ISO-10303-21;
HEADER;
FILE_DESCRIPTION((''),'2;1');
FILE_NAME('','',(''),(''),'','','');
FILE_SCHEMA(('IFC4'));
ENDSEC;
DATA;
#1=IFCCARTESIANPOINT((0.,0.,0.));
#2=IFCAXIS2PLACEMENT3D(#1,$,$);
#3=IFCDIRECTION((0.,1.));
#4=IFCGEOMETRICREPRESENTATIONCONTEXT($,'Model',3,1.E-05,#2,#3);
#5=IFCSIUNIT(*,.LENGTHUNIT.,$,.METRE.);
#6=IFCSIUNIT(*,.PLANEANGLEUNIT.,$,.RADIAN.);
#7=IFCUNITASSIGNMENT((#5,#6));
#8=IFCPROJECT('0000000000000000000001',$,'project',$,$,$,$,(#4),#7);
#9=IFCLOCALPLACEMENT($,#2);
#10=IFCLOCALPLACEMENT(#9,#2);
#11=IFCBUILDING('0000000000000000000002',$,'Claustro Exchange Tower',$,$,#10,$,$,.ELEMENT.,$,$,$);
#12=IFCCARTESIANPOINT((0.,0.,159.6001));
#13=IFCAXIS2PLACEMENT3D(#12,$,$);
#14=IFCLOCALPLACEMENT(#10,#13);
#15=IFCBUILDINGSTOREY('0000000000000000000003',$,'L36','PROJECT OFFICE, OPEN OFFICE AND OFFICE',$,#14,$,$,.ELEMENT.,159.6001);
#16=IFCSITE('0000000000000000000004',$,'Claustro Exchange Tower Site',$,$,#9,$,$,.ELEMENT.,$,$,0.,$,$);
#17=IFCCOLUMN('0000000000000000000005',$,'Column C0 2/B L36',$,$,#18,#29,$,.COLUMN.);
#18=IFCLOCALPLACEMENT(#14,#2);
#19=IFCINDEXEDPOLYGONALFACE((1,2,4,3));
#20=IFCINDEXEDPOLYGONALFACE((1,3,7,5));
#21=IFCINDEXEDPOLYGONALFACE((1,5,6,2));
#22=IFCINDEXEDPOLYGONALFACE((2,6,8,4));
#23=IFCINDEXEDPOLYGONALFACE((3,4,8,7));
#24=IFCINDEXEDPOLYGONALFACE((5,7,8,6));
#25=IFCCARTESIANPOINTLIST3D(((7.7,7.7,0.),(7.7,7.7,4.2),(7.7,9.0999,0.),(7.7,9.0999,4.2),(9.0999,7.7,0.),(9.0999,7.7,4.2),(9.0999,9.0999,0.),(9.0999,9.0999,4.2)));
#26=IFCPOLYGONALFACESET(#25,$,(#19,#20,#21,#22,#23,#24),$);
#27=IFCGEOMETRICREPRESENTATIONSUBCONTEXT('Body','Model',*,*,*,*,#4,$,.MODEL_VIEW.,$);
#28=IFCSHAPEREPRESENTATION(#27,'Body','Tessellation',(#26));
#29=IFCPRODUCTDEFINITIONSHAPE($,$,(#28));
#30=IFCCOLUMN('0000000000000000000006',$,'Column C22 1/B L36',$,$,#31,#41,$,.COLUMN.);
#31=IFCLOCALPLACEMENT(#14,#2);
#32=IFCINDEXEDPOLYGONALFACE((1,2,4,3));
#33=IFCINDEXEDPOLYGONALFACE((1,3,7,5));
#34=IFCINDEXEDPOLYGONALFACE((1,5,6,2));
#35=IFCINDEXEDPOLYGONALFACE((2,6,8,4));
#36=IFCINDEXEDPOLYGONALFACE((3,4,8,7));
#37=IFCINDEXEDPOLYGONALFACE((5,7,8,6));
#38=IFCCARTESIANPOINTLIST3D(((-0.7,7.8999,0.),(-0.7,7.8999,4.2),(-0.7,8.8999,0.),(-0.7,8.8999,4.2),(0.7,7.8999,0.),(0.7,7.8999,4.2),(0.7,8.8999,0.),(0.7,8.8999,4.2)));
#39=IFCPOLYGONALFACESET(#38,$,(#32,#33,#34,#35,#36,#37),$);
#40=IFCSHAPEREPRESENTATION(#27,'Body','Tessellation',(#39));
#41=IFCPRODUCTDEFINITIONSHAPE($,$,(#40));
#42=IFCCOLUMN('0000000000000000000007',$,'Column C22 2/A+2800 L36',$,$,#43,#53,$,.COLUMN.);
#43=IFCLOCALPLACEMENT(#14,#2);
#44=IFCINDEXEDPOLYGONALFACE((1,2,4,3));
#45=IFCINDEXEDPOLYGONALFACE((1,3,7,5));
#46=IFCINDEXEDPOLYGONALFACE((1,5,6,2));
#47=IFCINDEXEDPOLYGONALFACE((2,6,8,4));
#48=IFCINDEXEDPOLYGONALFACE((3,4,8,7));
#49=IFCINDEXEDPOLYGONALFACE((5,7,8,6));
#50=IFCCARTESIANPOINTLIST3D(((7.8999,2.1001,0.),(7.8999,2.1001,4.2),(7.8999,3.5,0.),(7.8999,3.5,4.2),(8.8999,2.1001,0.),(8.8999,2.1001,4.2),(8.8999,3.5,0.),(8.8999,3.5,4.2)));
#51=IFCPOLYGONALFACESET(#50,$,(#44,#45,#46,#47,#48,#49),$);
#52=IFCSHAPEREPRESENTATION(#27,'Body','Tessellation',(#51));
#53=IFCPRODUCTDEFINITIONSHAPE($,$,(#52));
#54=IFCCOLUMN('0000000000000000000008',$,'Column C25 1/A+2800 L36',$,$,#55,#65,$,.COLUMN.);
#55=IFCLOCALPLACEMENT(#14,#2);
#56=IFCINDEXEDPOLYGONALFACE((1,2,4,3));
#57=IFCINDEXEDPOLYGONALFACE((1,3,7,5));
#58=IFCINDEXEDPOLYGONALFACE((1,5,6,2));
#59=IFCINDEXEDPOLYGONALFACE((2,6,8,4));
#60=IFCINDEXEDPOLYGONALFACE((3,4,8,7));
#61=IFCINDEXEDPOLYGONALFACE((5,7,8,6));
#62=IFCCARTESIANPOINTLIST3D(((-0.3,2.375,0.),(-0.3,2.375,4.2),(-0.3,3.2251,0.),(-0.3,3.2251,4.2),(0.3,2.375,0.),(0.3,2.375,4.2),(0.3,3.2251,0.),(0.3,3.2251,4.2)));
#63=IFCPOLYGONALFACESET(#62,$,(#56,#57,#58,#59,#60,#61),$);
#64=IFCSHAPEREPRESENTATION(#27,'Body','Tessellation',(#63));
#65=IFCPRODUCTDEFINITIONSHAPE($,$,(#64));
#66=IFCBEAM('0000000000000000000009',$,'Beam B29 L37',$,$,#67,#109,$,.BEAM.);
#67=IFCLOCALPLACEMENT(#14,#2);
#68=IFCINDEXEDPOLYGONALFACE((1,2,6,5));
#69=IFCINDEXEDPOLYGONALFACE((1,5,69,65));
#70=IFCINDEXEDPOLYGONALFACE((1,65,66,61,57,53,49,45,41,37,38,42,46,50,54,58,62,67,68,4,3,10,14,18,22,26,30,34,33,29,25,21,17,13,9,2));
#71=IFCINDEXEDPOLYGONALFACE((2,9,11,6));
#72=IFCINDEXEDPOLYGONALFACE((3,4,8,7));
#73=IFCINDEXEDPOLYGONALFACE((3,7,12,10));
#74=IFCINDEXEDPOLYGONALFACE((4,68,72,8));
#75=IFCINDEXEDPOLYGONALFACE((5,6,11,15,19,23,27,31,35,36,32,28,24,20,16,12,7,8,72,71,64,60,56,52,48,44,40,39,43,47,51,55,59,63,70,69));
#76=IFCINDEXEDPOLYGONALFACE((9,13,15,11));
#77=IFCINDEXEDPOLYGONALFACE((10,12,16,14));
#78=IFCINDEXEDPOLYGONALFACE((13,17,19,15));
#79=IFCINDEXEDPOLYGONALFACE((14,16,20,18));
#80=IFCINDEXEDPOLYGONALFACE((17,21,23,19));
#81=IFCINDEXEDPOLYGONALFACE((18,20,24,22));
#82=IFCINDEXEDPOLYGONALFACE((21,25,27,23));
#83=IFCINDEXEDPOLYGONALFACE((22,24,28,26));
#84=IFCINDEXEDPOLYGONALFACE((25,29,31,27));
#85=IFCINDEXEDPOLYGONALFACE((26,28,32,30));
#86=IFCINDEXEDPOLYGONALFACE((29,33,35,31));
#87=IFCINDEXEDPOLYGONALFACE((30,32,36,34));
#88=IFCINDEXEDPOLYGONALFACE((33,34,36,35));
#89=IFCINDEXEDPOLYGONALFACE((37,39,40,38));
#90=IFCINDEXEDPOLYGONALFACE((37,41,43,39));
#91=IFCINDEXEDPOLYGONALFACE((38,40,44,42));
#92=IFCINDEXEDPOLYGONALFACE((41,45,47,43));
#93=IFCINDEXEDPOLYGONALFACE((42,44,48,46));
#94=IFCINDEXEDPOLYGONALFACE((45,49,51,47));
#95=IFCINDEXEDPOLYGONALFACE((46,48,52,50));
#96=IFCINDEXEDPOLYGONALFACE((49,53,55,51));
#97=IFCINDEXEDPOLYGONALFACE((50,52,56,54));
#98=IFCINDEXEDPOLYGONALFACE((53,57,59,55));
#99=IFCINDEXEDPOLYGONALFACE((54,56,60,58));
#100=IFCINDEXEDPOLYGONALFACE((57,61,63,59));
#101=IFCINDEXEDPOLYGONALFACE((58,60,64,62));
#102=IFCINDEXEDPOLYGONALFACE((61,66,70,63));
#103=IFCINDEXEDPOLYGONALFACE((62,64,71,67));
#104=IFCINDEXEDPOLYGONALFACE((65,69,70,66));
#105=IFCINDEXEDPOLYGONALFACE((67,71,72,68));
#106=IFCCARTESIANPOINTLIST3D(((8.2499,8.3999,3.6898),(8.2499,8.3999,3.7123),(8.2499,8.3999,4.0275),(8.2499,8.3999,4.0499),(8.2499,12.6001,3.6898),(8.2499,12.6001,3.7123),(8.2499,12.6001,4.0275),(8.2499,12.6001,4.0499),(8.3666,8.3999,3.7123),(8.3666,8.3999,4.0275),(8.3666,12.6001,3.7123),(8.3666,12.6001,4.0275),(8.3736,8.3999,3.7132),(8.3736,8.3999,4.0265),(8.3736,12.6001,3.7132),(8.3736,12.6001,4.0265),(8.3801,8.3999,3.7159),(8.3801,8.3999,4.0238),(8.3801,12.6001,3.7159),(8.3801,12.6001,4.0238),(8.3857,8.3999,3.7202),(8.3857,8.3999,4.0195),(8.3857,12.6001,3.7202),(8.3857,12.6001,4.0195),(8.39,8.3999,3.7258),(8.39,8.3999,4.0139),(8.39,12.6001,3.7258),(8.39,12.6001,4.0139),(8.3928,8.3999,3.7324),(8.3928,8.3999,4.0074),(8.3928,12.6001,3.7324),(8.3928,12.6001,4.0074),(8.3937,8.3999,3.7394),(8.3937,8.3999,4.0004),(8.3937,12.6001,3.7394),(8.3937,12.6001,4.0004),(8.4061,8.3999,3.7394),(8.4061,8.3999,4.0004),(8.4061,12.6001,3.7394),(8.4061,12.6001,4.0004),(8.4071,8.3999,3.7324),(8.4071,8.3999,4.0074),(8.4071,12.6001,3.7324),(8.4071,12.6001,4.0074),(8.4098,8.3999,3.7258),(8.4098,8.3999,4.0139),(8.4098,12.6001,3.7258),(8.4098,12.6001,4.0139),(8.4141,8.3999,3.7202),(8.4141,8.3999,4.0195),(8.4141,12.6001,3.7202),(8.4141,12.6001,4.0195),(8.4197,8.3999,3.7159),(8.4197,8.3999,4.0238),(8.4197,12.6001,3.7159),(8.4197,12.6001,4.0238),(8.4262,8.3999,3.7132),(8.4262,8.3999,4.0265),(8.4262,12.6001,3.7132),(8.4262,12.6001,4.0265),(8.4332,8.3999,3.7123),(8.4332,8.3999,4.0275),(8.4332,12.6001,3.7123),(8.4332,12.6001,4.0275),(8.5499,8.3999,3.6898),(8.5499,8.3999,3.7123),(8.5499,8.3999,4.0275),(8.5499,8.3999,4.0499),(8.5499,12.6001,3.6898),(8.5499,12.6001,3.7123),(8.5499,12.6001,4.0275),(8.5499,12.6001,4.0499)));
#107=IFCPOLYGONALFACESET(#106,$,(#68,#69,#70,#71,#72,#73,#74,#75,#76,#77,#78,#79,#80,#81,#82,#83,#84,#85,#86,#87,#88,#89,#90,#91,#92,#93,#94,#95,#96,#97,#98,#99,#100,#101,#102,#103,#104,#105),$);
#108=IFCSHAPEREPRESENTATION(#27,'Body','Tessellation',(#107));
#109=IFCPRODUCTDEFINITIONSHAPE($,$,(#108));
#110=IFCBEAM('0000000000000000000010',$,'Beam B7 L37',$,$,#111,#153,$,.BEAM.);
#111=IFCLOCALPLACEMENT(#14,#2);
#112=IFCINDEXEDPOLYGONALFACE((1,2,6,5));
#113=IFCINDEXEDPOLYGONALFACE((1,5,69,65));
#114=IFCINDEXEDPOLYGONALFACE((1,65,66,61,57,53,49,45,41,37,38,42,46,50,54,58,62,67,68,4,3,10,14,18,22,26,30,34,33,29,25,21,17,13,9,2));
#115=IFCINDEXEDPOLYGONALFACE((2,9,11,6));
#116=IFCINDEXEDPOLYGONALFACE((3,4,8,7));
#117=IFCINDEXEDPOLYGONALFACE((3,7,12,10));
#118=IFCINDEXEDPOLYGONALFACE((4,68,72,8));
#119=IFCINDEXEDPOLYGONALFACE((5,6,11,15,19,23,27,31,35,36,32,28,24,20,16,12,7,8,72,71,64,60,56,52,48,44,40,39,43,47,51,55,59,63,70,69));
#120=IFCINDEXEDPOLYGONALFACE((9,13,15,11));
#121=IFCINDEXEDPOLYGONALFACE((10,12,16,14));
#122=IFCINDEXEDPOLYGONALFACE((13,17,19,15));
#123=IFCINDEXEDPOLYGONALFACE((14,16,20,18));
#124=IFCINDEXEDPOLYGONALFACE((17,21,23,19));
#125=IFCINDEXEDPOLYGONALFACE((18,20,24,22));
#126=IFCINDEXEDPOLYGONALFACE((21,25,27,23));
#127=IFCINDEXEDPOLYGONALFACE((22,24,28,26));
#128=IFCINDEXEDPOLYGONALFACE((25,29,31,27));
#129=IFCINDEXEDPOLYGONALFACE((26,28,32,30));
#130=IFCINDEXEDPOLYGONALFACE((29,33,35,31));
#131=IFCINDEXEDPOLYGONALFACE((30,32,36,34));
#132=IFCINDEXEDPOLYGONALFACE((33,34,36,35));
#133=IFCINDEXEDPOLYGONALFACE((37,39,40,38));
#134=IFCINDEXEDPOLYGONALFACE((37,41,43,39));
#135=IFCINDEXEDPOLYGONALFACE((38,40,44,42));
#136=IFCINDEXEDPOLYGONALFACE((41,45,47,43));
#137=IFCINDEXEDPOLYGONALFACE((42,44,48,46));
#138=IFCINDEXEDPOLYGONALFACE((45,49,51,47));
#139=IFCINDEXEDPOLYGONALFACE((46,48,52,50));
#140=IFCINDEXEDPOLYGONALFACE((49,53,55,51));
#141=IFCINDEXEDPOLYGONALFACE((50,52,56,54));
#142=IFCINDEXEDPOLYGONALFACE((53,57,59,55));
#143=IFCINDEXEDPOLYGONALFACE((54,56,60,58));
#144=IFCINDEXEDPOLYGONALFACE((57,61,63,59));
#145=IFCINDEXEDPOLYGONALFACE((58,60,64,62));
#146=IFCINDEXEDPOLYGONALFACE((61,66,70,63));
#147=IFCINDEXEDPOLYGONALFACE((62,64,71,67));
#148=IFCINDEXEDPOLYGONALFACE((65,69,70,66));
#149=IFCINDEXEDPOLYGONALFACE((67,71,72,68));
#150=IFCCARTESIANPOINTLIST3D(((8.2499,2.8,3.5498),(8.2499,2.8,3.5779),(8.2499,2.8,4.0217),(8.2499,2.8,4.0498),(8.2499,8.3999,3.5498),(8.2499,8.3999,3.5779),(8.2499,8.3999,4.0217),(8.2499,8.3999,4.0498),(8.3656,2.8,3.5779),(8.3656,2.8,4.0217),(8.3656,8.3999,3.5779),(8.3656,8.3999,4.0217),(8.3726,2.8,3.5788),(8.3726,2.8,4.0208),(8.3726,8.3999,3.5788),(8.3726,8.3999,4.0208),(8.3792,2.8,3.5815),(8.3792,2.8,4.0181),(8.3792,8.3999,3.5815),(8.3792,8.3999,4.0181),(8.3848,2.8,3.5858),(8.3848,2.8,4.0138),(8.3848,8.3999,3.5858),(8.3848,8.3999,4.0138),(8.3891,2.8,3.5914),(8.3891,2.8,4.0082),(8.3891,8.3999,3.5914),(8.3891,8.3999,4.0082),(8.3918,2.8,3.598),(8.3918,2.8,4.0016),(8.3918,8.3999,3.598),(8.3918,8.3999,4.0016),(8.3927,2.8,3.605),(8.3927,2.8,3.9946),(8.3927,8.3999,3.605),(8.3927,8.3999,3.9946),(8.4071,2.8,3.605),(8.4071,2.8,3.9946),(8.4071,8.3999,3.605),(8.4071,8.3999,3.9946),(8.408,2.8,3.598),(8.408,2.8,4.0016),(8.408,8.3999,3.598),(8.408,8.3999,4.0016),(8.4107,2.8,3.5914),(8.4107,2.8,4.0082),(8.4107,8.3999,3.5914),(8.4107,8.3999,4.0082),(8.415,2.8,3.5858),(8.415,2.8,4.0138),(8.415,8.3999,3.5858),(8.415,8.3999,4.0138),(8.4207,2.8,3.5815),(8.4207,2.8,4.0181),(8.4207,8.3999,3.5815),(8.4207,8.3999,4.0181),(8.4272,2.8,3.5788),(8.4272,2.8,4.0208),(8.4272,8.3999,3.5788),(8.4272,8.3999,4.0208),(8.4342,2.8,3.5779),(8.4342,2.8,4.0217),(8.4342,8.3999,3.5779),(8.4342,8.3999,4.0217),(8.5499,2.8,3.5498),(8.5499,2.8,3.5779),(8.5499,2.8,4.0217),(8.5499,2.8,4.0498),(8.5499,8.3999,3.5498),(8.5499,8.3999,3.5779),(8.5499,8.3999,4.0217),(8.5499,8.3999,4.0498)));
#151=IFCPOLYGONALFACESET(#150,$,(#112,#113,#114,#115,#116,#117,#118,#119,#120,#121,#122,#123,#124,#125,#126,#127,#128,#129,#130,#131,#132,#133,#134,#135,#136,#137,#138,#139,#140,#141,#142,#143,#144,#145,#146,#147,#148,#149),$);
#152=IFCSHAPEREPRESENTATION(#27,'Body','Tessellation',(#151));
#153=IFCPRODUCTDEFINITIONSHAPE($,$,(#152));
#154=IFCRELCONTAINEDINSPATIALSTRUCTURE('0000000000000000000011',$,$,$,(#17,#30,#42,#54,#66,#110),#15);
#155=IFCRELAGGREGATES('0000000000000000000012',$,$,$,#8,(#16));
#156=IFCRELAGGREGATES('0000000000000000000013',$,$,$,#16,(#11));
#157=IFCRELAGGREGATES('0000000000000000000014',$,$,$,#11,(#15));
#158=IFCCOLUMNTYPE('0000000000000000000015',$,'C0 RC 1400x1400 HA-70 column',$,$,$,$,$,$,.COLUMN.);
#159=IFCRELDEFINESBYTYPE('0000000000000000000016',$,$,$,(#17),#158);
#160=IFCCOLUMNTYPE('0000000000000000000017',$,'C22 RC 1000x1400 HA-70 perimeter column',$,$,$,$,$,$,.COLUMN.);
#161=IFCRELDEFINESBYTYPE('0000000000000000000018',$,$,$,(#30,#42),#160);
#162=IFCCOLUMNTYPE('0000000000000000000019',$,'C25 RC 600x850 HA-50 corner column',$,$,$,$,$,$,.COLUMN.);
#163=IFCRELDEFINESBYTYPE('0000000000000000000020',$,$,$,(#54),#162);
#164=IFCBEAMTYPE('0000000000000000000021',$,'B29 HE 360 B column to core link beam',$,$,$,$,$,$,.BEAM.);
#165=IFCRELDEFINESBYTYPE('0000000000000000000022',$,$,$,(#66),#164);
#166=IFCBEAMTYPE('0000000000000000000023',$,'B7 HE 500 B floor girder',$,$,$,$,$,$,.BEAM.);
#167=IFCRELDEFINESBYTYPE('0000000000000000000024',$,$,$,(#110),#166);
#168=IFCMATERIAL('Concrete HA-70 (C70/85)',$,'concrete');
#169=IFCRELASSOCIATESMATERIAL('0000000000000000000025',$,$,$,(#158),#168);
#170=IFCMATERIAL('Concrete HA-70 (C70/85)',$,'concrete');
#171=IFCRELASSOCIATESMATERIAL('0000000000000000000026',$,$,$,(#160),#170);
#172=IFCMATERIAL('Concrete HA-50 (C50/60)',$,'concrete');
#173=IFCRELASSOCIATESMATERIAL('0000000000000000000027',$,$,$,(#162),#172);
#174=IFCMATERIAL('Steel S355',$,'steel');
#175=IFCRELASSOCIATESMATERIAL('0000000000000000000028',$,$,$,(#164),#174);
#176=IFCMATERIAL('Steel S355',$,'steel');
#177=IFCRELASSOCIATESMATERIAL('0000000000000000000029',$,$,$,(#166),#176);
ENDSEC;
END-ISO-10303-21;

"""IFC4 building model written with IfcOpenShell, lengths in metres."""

from ifc_helpers import new_model, si_unit, direction, frame, origin, origin_2d, place, context, subcontext, project, spatial, rectangle, i_section, extrude, material, material_profile, profile_set, type_object, element, save


model = new_model("IFC4")

# Units and contexts
model_context = context("Model", 3, precision=1e-05, world=origin(), true_north=direction((0.0, 1.0)))
body_context = subcontext(model_context, "Body", "Model", "MODEL_VIEW")
ifc_project = project(units=[si_unit("LENGTHUNIT", "METRE"), si_unit("PLANEANGLEUNIT", "RADIAN")], contexts=[model_context])

# Site, building, storey
site_placement = place(None, origin())
site = spatial("IfcSite", under=ifc_project, at=site_placement, Name="Claustro Exchange Tower Site", CompositionType="ELEMENT", RefElevation=0.0)
building_placement = place(site_placement, origin())
building = spatial("IfcBuilding", under=site, at=building_placement, Name="Claustro Exchange Tower", CompositionType="ELEMENT")
storey_placement = place(building_placement, frame((0.0, 0.0, 159.6001)))
storey = spatial("IfcBuildingStorey", under=building, at=storey_placement, Name="L36", Description="PROJECT OFFICE, OPEN OFFICE AND OFFICE", CompositionType="ELEMENT", Elevation=159.6001)

# Columns
ifc_material_1 = material(Name="Concrete HA-70 (C70/85)", Category="concrete")
ifc_material_profile_1 = material_profile(ifc_material_1, rectangle(XDim=1.3999, YDim=1.3999, at=origin_2d()), Name="RC 1400x1400")
ifc_profile_set_1 = profile_set([ifc_material_profile_1], Name="Concrete HA-70 (C70/85)")
column_type_1 = type_object("IfcColumnType", Name="C0 RC 1400x1400 HA-70 column", PredefinedType="COLUMN", material=ifc_profile_set_1)
column_1_placement = place(storey_placement, frame((8.3999, 8.3999, 0.0), z_axis=(0.0, 0.0, 1.0), x_axis=(1.0, 0.0, 0.0)))
element("IfcColumn", 1, at=column_1_placement, inside=storey, type_object=column_type_1, Name="Column C0 2/B L36", PredefinedType="COLUMN", context=body_context, shape_type="SweptSolid", body=[
    extrude(rectangle(XDim=1.3999, YDim=1.3999, at=origin_2d()), origin(), (0.0, 0.0, 1.0), 4.2),
])
ifc_material_2 = material(Name="Concrete HA-70 (C70/85)", Category="concrete")
ifc_material_profile_2 = material_profile(ifc_material_2, rectangle(XDim=1.0, YDim=1.3999, at=origin_2d()), Name="RC 1000x1400")
ifc_profile_set_2 = profile_set([ifc_material_profile_2], Name="Concrete HA-70 (C70/85)")
column_type_2 = type_object("IfcColumnType", Name="C22 RC 1000x1400 HA-70 perimeter column", PredefinedType="COLUMN", material=ifc_profile_set_2)
for number, where, z_axis, x_axis, name in (
    (2, (0.0, 8.3999, 0.0), (0.0, 0.0, 1.0), (0.0, 1.0, 0.0), "Column C22 1/B L36"),
    (3, (8.3999, 2.8, 0.0), (0.0, 0.0, 1.0), (1.0, 0.0, 0.0), "Column C22 2/A+2800 L36"),
):
    element("IfcColumn", number, at=place(storey_placement, frame(where, z_axis=z_axis, x_axis=x_axis)), inside=storey, type_object=column_type_2, Name=name, PredefinedType="COLUMN", context=body_context, shape_type="SweptSolid", body=[
        extrude(rectangle(XDim=1.0, YDim=1.3999, at=origin_2d()), origin(), (0.0, 0.0, 1.0), 4.2),
    ])
ifc_material_3 = material(Name="Concrete HA-50 (C50/60)", Category="concrete")
ifc_material_profile_3 = material_profile(ifc_material_3, rectangle(XDim=0.6001, YDim=0.8501, at=origin_2d()), Name="RC 600x850")
ifc_profile_set_3 = profile_set([ifc_material_profile_3], Name="Concrete HA-50 (C50/60)")
column_type_3 = type_object("IfcColumnType", Name="C25 RC 600x850 HA-50 corner column", PredefinedType="COLUMN", material=ifc_profile_set_3)
column_2_placement = place(storey_placement, frame((0.0, 2.8, 0.0), z_axis=(0.0, 0.0, 1.0), x_axis=(1.0, 0.0, 0.0)))
element("IfcColumn", 4, at=column_2_placement, inside=storey, type_object=column_type_3, Name="Column C25 1/A+2800 L36", PredefinedType="COLUMN", context=body_context, shape_type="SweptSolid", body=[
    extrude(rectangle(XDim=0.6001, YDim=0.8501, at=origin_2d()), origin(), (0.0, 0.0, 1.0), 4.2),
])

# Beams
ifc_material_4 = material(Name="Steel S355", Category="steel")
ifc_material_profile_4 = material_profile(ifc_material_4, i_section(OverallWidth=0.3, OverallDepth=0.3601, WebThickness=0.0125, FlangeThickness=0.0225, FilletRadius=0.0271, at=origin_2d()), Name="HE 360 B")
ifc_profile_set_4 = profile_set([ifc_material_profile_4], Name="Steel S355")
beam_type_1 = type_object("IfcBeamType", Name="B29 HE 360 B column to core link beam", PredefinedType="BEAM", material=ifc_profile_set_4)
beam_1_placement = place(storey_placement, frame((8.3999, 8.3999, 3.8699), z_axis=(0.0, 1.0, 0.0), x_axis=(-1.0, 0.0, 0.0)))
element("IfcBeam", 5, at=beam_1_placement, inside=storey, type_object=beam_type_1, Name="Beam B29 L37", PredefinedType="BEAM", context=body_context, shape_type="SweptSolid", body=[
    extrude(i_section(OverallWidth=0.3, OverallDepth=0.3601, WebThickness=0.0125, FlangeThickness=0.0225, FilletRadius=0.0271, at=origin_2d()), origin(), (0.0, 0.0, 1.0), 4.2002),
])
ifc_material_5 = material(Name="Steel S355", Category="steel")
ifc_material_profile_5 = material_profile(ifc_material_5, i_section(OverallWidth=0.3, OverallDepth=0.5, WebThickness=0.0144, FlangeThickness=0.0281, FilletRadius=0.0271, at=origin_2d()), Name="HE 500 B")
ifc_profile_set_5 = profile_set([ifc_material_profile_5], Name="Steel S355")
beam_type_2 = type_object("IfcBeamType", Name="B7 HE 500 B floor girder", PredefinedType="BEAM", material=ifc_profile_set_5)
beam_2_placement = place(storey_placement, frame((8.3999, 2.8, 3.7998), z_axis=(0.0, 1.0, 0.0), x_axis=(-1.0, 0.0, 0.0)))
element("IfcBeam", 6, at=beam_2_placement, inside=storey, type_object=beam_type_2, Name="Beam B7 L37", PredefinedType="BEAM", context=body_context, shape_type="SweptSolid", body=[
    extrude(i_section(OverallWidth=0.3, OverallDepth=0.5, WebThickness=0.0144, FlangeThickness=0.0281, FilletRadius=0.0271, at=origin_2d()), origin(), (0.0, 0.0, 1.0), 5.5999),
])

save(model, "model.ifc")
